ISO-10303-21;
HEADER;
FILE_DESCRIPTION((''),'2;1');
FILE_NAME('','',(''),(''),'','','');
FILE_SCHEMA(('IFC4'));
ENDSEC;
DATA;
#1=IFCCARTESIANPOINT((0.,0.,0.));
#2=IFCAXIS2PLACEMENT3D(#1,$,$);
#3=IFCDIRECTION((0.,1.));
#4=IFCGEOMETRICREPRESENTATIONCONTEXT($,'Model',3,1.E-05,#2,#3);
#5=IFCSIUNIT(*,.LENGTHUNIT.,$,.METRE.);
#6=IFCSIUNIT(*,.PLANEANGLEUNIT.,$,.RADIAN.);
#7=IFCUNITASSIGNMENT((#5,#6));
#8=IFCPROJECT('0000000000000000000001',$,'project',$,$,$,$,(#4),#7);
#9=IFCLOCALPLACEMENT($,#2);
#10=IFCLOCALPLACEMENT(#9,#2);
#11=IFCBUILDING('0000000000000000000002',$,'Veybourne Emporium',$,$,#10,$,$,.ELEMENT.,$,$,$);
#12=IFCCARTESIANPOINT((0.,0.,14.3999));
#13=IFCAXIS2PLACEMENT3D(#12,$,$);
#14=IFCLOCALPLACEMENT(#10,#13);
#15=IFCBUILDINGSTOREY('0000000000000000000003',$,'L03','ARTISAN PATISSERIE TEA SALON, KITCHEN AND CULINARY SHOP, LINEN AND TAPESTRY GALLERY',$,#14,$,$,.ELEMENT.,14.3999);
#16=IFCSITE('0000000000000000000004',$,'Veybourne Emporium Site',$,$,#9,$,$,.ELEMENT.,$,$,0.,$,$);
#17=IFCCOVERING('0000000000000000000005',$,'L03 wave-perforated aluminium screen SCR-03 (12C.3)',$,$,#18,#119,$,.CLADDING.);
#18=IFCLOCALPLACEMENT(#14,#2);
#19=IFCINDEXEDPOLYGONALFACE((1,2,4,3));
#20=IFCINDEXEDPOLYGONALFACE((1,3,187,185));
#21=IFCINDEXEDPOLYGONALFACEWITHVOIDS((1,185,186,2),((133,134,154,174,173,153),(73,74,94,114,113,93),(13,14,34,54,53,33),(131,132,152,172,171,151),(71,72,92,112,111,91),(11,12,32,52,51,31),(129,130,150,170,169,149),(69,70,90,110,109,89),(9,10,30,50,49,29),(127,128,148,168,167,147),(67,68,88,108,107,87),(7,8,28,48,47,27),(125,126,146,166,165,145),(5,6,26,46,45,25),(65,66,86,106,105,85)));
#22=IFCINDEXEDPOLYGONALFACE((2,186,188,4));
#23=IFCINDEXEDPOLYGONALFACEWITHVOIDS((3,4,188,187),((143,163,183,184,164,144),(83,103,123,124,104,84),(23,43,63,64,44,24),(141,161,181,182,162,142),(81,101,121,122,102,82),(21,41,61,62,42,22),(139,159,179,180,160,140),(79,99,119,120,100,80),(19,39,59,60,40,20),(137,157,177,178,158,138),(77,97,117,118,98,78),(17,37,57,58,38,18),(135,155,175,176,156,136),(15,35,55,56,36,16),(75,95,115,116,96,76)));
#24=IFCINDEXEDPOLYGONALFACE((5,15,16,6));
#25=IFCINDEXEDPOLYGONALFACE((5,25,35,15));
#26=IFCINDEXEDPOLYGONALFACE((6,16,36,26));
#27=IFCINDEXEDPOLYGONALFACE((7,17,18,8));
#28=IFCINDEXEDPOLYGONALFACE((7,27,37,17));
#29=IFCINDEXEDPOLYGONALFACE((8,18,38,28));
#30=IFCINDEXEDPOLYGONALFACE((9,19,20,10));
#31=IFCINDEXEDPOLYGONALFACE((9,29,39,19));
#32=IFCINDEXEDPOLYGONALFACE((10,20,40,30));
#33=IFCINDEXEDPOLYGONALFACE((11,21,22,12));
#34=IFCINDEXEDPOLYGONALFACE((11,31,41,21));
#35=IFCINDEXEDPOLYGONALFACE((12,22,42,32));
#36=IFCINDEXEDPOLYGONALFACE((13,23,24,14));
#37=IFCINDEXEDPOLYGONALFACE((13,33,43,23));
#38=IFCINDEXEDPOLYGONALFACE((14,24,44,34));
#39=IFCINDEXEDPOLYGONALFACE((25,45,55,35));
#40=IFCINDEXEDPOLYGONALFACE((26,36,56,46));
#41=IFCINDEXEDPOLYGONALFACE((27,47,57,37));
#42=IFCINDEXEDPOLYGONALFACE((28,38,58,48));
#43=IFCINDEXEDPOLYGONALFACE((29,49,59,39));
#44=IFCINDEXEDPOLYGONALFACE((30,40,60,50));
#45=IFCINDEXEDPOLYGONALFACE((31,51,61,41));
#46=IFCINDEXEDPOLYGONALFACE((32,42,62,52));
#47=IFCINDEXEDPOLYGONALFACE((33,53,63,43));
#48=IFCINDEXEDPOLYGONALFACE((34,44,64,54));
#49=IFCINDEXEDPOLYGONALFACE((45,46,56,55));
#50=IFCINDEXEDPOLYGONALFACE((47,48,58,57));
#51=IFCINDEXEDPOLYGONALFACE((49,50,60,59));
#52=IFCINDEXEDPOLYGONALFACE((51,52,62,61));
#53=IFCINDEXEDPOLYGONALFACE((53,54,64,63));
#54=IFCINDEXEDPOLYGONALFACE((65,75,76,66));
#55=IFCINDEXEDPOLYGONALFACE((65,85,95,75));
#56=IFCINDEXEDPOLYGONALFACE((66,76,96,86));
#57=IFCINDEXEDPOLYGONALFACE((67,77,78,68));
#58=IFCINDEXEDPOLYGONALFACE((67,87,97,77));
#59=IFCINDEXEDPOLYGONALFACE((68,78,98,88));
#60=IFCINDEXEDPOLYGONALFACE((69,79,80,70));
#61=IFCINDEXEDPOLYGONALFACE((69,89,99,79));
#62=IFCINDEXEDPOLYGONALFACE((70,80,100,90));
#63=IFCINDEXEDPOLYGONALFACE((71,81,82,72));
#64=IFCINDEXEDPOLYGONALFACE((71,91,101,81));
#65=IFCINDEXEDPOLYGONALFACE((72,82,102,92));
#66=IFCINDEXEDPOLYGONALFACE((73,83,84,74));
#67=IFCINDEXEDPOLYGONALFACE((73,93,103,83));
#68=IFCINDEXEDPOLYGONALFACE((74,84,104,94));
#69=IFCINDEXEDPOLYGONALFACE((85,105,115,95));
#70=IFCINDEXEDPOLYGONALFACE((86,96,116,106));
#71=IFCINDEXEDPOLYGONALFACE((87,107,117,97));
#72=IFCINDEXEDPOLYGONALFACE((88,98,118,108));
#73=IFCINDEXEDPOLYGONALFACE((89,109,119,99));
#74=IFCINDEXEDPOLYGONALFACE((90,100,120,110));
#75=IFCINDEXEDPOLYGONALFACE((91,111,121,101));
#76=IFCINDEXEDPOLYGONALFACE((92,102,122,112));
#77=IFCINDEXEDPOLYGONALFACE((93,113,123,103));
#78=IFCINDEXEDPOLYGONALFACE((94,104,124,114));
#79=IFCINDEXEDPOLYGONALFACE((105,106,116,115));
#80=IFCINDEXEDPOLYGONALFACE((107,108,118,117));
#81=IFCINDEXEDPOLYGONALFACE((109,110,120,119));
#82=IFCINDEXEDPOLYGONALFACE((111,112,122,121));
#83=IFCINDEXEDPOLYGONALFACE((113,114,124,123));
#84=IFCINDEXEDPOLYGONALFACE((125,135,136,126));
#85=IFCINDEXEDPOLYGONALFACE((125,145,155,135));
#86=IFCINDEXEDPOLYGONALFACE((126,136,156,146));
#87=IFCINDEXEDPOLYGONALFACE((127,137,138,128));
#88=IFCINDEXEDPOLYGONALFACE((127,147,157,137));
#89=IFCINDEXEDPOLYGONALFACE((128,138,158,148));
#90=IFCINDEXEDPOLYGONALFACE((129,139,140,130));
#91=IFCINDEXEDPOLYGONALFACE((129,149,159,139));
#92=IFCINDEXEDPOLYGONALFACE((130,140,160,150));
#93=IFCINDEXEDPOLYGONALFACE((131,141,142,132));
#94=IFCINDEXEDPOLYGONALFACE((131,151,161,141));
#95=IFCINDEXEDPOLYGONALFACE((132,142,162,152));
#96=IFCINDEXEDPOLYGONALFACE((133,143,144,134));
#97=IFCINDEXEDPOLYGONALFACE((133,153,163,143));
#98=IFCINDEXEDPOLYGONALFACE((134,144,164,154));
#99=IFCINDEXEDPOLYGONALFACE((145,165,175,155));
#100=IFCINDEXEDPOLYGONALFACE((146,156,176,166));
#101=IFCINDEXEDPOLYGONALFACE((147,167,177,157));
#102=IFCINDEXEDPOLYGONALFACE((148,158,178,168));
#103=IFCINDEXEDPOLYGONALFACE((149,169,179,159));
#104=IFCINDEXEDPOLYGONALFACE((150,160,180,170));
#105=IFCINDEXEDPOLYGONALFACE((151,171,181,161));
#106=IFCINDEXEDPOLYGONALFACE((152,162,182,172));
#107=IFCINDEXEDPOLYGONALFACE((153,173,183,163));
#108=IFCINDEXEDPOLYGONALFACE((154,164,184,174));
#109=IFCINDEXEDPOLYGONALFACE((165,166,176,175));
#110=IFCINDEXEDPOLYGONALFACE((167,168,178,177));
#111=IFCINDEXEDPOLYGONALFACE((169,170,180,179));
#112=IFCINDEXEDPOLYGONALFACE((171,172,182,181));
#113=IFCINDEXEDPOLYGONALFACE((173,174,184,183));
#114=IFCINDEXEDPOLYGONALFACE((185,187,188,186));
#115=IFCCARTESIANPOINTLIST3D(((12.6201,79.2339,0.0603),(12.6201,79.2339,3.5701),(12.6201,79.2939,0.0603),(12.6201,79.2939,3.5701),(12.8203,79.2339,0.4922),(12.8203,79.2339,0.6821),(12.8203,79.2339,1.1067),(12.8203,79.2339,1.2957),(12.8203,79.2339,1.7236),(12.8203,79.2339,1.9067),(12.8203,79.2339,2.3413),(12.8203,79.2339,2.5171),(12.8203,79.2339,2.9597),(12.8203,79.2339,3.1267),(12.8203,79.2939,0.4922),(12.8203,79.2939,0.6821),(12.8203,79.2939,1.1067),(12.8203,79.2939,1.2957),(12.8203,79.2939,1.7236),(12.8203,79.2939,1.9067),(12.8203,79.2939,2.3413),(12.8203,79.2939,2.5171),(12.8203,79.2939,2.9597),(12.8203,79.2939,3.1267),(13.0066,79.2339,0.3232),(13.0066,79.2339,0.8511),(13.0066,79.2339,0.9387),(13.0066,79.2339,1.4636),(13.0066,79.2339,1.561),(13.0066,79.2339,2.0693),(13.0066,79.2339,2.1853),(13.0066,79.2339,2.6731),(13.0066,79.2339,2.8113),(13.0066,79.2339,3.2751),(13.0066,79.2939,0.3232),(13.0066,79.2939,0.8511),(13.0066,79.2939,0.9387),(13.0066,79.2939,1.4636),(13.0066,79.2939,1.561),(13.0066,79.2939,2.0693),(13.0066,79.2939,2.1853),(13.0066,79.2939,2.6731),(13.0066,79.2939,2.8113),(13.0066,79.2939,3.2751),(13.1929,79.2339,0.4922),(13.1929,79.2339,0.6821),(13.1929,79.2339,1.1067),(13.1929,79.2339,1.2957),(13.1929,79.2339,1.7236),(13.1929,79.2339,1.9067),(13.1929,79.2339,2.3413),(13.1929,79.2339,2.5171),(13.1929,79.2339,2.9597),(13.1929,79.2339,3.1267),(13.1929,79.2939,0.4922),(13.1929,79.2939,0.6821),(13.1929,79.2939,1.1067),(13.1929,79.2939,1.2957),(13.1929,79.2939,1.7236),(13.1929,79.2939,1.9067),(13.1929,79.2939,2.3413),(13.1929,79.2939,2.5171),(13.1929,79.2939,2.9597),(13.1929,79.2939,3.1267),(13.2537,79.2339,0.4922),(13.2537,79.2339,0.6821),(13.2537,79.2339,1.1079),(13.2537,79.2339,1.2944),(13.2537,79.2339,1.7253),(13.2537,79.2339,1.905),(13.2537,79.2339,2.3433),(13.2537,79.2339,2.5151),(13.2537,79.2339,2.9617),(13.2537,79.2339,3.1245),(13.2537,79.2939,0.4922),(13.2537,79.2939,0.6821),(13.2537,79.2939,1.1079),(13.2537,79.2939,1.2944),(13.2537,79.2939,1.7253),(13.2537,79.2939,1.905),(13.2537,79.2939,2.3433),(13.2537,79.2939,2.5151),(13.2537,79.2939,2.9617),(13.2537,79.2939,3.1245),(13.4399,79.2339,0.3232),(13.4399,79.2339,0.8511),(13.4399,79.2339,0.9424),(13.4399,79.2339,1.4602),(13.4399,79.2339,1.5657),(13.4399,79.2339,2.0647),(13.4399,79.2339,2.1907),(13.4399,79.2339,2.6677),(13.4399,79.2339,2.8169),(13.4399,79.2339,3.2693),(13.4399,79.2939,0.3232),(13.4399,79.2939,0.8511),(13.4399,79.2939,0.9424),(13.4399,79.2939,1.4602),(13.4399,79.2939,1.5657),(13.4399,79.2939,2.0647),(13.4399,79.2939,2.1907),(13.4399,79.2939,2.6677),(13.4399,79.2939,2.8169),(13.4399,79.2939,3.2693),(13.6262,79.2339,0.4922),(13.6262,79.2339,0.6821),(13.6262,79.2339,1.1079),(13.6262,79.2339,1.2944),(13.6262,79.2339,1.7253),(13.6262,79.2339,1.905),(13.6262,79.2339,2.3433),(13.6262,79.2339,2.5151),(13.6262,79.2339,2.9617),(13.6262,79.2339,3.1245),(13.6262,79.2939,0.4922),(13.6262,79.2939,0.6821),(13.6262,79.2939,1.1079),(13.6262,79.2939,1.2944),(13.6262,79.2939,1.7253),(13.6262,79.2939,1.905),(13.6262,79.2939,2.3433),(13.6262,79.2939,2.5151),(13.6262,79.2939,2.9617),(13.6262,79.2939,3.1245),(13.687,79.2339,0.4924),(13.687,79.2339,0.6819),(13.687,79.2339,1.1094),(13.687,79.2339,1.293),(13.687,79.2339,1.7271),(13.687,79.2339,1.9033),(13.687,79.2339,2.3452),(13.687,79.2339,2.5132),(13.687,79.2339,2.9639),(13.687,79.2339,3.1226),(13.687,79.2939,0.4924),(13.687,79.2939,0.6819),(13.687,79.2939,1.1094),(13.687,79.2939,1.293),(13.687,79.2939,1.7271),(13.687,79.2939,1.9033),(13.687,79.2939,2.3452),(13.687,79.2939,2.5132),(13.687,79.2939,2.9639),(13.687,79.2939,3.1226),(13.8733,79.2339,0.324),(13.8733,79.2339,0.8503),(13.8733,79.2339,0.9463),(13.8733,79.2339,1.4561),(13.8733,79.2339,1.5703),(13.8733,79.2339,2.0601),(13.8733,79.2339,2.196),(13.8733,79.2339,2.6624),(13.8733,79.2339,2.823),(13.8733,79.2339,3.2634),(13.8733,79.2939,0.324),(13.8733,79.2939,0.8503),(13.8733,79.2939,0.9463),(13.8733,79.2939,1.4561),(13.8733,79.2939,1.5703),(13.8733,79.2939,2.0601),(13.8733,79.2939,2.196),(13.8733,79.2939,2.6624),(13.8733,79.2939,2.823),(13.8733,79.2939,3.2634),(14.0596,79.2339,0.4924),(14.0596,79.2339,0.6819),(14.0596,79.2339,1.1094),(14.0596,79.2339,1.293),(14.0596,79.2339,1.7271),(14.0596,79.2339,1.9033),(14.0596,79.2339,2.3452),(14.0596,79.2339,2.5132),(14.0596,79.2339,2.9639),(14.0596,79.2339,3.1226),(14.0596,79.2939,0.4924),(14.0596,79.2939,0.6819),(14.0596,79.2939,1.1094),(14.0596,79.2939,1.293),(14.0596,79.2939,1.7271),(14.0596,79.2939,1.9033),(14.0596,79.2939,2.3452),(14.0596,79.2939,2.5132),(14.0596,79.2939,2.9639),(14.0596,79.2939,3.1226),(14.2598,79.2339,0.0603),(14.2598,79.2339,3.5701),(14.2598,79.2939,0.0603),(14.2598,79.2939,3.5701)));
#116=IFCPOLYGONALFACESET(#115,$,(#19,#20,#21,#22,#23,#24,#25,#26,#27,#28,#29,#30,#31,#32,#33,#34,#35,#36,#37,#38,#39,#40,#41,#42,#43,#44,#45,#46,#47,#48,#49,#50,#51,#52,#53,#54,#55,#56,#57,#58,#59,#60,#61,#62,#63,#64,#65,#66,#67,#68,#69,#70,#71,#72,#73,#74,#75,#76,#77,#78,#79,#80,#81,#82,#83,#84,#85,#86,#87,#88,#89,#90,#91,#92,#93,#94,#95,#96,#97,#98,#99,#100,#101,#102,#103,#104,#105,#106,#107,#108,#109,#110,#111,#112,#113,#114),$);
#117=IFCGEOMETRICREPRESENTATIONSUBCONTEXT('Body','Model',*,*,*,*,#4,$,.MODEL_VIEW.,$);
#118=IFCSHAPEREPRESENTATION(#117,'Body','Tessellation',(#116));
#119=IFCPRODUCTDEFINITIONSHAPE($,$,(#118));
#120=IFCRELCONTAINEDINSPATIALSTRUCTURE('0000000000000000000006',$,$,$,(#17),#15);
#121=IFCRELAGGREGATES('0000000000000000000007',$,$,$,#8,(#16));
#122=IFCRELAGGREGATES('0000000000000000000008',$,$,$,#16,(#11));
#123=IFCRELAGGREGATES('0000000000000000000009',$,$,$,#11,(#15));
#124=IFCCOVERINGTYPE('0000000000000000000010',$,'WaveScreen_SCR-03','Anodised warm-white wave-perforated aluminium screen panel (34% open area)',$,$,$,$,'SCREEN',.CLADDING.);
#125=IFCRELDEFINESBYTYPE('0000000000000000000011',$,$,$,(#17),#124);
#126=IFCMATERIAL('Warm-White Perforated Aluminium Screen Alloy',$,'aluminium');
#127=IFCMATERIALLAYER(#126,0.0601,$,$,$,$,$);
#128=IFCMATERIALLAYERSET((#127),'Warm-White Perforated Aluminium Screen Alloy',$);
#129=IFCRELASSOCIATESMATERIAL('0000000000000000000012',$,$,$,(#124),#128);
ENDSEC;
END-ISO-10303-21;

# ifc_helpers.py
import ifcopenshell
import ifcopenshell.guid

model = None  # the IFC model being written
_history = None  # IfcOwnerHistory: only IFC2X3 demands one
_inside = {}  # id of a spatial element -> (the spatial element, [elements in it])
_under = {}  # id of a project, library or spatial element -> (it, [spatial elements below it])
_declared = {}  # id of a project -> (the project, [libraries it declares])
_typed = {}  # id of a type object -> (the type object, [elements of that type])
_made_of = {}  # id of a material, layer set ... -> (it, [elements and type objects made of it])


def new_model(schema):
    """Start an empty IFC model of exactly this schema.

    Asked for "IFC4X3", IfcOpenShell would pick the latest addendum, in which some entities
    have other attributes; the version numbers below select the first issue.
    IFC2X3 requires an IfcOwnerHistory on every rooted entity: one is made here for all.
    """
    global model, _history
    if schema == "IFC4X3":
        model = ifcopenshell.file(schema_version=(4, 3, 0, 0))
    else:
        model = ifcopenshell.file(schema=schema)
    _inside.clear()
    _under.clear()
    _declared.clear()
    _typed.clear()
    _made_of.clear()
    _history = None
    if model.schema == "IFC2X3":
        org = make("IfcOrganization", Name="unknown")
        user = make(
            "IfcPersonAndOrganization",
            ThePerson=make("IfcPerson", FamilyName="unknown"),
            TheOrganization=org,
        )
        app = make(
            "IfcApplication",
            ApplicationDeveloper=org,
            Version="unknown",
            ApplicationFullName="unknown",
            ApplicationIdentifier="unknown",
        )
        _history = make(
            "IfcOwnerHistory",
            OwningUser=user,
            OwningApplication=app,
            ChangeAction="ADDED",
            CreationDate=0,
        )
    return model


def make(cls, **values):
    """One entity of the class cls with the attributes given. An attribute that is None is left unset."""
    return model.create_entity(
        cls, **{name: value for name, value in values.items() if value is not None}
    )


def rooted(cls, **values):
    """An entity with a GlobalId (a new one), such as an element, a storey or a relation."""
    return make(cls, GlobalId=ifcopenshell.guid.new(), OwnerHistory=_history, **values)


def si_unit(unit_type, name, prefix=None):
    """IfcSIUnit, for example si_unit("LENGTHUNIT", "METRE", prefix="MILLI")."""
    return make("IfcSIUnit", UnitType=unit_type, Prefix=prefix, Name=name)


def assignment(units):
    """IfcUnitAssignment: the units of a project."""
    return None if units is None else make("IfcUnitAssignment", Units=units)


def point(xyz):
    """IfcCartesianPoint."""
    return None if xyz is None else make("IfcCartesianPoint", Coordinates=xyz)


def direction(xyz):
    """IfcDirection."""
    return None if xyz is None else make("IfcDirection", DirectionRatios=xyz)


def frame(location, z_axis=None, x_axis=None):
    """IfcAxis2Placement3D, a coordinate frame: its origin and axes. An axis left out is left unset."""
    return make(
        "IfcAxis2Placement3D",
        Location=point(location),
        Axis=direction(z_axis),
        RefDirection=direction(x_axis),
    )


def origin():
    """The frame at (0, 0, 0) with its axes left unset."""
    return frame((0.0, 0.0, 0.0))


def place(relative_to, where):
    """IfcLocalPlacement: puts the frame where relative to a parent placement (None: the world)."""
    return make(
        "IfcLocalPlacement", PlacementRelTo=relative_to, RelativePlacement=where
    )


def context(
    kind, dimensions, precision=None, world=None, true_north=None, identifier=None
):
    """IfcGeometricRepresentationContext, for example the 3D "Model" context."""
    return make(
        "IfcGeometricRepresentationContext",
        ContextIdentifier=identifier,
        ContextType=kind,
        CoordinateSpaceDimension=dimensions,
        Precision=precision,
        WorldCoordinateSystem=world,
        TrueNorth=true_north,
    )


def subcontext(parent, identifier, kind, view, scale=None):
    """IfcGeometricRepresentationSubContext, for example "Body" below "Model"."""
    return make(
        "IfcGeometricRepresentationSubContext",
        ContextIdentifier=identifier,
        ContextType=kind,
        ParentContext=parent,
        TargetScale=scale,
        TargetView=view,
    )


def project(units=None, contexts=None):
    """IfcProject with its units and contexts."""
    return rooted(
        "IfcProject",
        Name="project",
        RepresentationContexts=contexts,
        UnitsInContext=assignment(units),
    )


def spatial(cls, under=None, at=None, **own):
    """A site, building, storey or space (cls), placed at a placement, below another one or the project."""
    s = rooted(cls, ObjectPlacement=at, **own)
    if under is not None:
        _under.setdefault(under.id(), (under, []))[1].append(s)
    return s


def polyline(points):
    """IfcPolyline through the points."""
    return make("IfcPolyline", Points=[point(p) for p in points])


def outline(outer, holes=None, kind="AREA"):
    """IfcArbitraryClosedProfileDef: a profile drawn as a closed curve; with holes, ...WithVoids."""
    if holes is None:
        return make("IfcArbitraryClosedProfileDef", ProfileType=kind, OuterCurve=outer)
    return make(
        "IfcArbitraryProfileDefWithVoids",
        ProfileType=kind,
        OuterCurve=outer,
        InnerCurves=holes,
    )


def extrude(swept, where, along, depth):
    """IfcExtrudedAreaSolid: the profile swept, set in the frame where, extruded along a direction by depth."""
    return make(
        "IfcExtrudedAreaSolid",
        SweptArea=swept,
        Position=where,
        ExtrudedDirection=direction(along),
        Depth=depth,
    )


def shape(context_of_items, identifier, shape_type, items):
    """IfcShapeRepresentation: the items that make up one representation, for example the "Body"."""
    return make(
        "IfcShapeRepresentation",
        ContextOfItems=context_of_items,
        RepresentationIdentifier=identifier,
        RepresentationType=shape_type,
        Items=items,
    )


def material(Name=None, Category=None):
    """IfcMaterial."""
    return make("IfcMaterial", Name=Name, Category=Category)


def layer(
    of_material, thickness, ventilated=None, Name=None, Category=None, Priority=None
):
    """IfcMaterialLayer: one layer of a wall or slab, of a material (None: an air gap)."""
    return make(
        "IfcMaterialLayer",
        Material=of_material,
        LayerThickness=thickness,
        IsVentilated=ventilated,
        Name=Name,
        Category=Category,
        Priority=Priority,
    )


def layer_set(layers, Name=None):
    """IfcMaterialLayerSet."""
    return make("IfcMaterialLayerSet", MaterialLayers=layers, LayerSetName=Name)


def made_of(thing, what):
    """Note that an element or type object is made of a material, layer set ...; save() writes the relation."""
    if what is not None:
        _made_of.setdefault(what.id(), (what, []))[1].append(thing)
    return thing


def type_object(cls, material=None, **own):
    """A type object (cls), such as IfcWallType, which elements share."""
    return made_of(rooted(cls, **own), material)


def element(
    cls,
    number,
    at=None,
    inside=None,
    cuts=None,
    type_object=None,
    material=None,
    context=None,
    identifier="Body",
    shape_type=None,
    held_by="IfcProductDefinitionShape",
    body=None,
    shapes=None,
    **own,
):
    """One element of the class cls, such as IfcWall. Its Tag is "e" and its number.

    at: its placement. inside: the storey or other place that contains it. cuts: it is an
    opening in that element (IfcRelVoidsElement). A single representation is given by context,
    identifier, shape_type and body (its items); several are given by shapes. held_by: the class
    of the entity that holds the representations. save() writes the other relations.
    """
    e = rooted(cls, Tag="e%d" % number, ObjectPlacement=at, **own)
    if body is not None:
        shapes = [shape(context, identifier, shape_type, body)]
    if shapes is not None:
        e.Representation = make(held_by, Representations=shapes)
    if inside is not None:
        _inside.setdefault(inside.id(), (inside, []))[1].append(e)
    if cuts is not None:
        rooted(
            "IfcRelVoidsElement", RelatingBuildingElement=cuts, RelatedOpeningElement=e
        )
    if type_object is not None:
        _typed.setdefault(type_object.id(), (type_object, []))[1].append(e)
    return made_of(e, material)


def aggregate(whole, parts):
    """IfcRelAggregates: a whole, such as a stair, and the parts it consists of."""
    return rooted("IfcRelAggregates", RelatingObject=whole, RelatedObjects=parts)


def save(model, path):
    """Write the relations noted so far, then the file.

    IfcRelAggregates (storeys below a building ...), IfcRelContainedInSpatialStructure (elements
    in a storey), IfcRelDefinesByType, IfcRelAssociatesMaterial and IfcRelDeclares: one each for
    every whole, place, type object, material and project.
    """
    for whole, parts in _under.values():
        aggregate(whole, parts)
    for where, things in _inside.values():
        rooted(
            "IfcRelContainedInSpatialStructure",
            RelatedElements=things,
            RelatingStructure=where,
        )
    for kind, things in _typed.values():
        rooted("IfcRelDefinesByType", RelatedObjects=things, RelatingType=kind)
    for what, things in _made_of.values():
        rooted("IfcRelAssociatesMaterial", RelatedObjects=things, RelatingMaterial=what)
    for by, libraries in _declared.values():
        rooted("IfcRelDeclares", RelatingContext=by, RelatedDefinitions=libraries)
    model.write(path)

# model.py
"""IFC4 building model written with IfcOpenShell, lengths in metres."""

from ifc_helpers import new_model, si_unit, direction, frame, origin, place, context, subcontext, project, spatial, polyline, outline, extrude, material, layer, layer_set, type_object, element, save


model = new_model("IFC4")

# Units and contexts
model_context = context("Model", 3, precision=1e-05, world=origin(), true_north=direction((0.0, 1.0)))
body_context = subcontext(model_context, "Body", "Model", "MODEL_VIEW")
ifc_project = project(units=[si_unit("LENGTHUNIT", "METRE"), si_unit("PLANEANGLEUNIT", "RADIAN")], contexts=[model_context])

# Site, building, storey
site_placement = place(None, origin())
site = spatial("IfcSite", under=ifc_project, at=site_placement, Name="Veybourne Emporium Site", CompositionType="ELEMENT", RefElevation=0.0)
building_placement = place(site_placement, origin())
building = spatial("IfcBuilding", under=site, at=building_placement, Name="Veybourne Emporium", CompositionType="ELEMENT")
storey_placement = place(building_placement, frame((0.0, 0.0, 14.3999)))
storey = spatial("IfcBuildingStorey", under=building, at=storey_placement, Name="L03", Description="ARTISAN PATISSERIE TEA SALON, KITCHEN AND CULINARY SHOP, LINEN AND TAPESTRY GALLERY", CompositionType="ELEMENT", Elevation=14.3999)

# Covering
ifc_material_1 = material(Name="Warm-White Perforated Aluminium Screen Alloy", Category="aluminium")
ifc_layer_1 = layer(ifc_material_1, 0.0601)
ifc_layer_set_1 = layer_set([ifc_layer_1], Name="Warm-White Perforated Aluminium Screen Alloy")
covering_type_1 = type_object("IfcCoveringType", Name="WaveScreen_SCR-03", Description="Anodised warm-white wave-perforated aluminium screen panel (34% open area)", ElementType="SCREEN", PredefinedType="CLADDING", material=ifc_layer_set_1)
covering_1_placement = place(storey_placement, frame((13.4399, 79.2939, 1.8152), z_axis=(0.0, -1.0, 0.0), x_axis=(1.0, 0.0, 0.0)))
element("IfcCovering", 1, at=covering_1_placement, inside=storey, type_object=covering_type_1, Name="L03 wave-perforated aluminium screen SCR-03 (12C.3)", PredefinedType="CLADDING", context=body_context, shape_type="SweptSolid", body=[
    extrude(outline(polyline([(-0.8198, -1.7549), (0.8198, -1.7549), (0.8198, 1.7549), (-0.8198, 1.7549), (-0.8198, -1.7549)]), holes=[polyline([(-0.4333, -0.9641), (-0.2471, -1.1331), (-0.2471, -1.323), (-0.4333, -1.4919), (-0.6196, -1.323), (-0.6196, -1.1331), (-0.4333, -0.9641)]), polyline([(-0.4333, -0.3516), (-0.2471, -0.5195), (-0.2471, -0.7085), (-0.4333, -0.8765), (-0.6196, -0.7085), (-0.6196, -0.5195), (-0.4333, -0.3516)]), polyline([(-0.4333, 0.2542), (-0.2471, 0.0916), (-0.2471, -0.0916), (-0.4333, -0.2542), (-0.6196, -0.0916), (-0.6196, 0.0916), (-0.4333, 0.2542)]), polyline([(-0.4333, 0.8579), (-0.2471, 0.7019), (-0.2471, 0.5261), (-0.4333, 0.3701), (-0.6196, 0.5261), (-0.6196, 0.7019), (-0.4333, 0.8579)]), polyline([(-0.4333, 1.46), (-0.2471, 1.3115), (-0.2471, 1.1445), (-0.4333, 0.9961), (-0.6196, 1.1445), (-0.6196, 1.3115), (-0.4333, 1.46)]), polyline([(0.0, -0.9641), (0.1863, -1.1331), (0.1863, -1.323), (0.0, -1.4919), (-0.1863, -1.323), (-0.1863, -1.1331), (0.0, -0.9641)]), polyline([(0.0, -0.355), (0.1863, -0.5208), (0.1863, -0.7073), (0.0, -0.8728), (-0.1863, -0.7073), (-0.1863, -0.5208), (0.0, -0.355)]), polyline([(0.0, 0.2495), (0.1863, 0.0898), (0.1863, -0.0898), (0.0, -0.2495), (-0.1863, -0.0898), (-0.1863, 0.0898), (0.0, 0.2495)]), polyline([(0.0, 0.8525), (0.1863, 0.7), (0.1863, 0.5281), (0.0, 0.3755), (-0.1863, 0.5281), (-0.1863, 0.7), (0.0, 0.8525)]), polyline([(0.0, 1.4541), (0.1863, 1.3093), (0.1863, 1.1465), (0.0, 1.0017), (-0.1863, 1.1465), (-0.1863, 1.3093), (0.0, 1.4541)]), polyline([(0.4333, -0.9648), (0.6196, -1.1333), (0.6196, -1.3228), (0.4333, -1.4912), (0.2471, -1.3228), (0.2471, -1.1333), (0.4333, -0.9648)]), polyline([(0.4333, -0.3591), (0.6196, -0.5222), (0.6196, -0.7058), (0.4333, -0.8689), (0.2471, -0.7058), (0.2471, -0.5222), (0.4333, -0.3591)]), polyline([(0.4333, 0.2449), (0.6196, 0.0881), (0.6196, -0.0881), (0.4333, -0.2449), (0.2471, -0.0881), (0.2471, 0.0881), (0.4333, 0.2449)]), polyline([(0.4333, 0.8472), (0.6196, 0.698), (0.6196, 0.53), (0.4333, 0.3809), (0.2471, 0.53), (0.2471, 0.698), (0.4333, 0.8472)]), polyline([(0.4333, 1.4482), (0.6196, 1.3074), (0.6196, 1.1487), (0.4333, 1.0078), (0.2471, 1.1487), (0.2471, 1.3074), (0.4333, 1.4482)])]), origin(), (0.0, 0.0, 1.0), 0.0601),
])

save(model, "model.ifc")
